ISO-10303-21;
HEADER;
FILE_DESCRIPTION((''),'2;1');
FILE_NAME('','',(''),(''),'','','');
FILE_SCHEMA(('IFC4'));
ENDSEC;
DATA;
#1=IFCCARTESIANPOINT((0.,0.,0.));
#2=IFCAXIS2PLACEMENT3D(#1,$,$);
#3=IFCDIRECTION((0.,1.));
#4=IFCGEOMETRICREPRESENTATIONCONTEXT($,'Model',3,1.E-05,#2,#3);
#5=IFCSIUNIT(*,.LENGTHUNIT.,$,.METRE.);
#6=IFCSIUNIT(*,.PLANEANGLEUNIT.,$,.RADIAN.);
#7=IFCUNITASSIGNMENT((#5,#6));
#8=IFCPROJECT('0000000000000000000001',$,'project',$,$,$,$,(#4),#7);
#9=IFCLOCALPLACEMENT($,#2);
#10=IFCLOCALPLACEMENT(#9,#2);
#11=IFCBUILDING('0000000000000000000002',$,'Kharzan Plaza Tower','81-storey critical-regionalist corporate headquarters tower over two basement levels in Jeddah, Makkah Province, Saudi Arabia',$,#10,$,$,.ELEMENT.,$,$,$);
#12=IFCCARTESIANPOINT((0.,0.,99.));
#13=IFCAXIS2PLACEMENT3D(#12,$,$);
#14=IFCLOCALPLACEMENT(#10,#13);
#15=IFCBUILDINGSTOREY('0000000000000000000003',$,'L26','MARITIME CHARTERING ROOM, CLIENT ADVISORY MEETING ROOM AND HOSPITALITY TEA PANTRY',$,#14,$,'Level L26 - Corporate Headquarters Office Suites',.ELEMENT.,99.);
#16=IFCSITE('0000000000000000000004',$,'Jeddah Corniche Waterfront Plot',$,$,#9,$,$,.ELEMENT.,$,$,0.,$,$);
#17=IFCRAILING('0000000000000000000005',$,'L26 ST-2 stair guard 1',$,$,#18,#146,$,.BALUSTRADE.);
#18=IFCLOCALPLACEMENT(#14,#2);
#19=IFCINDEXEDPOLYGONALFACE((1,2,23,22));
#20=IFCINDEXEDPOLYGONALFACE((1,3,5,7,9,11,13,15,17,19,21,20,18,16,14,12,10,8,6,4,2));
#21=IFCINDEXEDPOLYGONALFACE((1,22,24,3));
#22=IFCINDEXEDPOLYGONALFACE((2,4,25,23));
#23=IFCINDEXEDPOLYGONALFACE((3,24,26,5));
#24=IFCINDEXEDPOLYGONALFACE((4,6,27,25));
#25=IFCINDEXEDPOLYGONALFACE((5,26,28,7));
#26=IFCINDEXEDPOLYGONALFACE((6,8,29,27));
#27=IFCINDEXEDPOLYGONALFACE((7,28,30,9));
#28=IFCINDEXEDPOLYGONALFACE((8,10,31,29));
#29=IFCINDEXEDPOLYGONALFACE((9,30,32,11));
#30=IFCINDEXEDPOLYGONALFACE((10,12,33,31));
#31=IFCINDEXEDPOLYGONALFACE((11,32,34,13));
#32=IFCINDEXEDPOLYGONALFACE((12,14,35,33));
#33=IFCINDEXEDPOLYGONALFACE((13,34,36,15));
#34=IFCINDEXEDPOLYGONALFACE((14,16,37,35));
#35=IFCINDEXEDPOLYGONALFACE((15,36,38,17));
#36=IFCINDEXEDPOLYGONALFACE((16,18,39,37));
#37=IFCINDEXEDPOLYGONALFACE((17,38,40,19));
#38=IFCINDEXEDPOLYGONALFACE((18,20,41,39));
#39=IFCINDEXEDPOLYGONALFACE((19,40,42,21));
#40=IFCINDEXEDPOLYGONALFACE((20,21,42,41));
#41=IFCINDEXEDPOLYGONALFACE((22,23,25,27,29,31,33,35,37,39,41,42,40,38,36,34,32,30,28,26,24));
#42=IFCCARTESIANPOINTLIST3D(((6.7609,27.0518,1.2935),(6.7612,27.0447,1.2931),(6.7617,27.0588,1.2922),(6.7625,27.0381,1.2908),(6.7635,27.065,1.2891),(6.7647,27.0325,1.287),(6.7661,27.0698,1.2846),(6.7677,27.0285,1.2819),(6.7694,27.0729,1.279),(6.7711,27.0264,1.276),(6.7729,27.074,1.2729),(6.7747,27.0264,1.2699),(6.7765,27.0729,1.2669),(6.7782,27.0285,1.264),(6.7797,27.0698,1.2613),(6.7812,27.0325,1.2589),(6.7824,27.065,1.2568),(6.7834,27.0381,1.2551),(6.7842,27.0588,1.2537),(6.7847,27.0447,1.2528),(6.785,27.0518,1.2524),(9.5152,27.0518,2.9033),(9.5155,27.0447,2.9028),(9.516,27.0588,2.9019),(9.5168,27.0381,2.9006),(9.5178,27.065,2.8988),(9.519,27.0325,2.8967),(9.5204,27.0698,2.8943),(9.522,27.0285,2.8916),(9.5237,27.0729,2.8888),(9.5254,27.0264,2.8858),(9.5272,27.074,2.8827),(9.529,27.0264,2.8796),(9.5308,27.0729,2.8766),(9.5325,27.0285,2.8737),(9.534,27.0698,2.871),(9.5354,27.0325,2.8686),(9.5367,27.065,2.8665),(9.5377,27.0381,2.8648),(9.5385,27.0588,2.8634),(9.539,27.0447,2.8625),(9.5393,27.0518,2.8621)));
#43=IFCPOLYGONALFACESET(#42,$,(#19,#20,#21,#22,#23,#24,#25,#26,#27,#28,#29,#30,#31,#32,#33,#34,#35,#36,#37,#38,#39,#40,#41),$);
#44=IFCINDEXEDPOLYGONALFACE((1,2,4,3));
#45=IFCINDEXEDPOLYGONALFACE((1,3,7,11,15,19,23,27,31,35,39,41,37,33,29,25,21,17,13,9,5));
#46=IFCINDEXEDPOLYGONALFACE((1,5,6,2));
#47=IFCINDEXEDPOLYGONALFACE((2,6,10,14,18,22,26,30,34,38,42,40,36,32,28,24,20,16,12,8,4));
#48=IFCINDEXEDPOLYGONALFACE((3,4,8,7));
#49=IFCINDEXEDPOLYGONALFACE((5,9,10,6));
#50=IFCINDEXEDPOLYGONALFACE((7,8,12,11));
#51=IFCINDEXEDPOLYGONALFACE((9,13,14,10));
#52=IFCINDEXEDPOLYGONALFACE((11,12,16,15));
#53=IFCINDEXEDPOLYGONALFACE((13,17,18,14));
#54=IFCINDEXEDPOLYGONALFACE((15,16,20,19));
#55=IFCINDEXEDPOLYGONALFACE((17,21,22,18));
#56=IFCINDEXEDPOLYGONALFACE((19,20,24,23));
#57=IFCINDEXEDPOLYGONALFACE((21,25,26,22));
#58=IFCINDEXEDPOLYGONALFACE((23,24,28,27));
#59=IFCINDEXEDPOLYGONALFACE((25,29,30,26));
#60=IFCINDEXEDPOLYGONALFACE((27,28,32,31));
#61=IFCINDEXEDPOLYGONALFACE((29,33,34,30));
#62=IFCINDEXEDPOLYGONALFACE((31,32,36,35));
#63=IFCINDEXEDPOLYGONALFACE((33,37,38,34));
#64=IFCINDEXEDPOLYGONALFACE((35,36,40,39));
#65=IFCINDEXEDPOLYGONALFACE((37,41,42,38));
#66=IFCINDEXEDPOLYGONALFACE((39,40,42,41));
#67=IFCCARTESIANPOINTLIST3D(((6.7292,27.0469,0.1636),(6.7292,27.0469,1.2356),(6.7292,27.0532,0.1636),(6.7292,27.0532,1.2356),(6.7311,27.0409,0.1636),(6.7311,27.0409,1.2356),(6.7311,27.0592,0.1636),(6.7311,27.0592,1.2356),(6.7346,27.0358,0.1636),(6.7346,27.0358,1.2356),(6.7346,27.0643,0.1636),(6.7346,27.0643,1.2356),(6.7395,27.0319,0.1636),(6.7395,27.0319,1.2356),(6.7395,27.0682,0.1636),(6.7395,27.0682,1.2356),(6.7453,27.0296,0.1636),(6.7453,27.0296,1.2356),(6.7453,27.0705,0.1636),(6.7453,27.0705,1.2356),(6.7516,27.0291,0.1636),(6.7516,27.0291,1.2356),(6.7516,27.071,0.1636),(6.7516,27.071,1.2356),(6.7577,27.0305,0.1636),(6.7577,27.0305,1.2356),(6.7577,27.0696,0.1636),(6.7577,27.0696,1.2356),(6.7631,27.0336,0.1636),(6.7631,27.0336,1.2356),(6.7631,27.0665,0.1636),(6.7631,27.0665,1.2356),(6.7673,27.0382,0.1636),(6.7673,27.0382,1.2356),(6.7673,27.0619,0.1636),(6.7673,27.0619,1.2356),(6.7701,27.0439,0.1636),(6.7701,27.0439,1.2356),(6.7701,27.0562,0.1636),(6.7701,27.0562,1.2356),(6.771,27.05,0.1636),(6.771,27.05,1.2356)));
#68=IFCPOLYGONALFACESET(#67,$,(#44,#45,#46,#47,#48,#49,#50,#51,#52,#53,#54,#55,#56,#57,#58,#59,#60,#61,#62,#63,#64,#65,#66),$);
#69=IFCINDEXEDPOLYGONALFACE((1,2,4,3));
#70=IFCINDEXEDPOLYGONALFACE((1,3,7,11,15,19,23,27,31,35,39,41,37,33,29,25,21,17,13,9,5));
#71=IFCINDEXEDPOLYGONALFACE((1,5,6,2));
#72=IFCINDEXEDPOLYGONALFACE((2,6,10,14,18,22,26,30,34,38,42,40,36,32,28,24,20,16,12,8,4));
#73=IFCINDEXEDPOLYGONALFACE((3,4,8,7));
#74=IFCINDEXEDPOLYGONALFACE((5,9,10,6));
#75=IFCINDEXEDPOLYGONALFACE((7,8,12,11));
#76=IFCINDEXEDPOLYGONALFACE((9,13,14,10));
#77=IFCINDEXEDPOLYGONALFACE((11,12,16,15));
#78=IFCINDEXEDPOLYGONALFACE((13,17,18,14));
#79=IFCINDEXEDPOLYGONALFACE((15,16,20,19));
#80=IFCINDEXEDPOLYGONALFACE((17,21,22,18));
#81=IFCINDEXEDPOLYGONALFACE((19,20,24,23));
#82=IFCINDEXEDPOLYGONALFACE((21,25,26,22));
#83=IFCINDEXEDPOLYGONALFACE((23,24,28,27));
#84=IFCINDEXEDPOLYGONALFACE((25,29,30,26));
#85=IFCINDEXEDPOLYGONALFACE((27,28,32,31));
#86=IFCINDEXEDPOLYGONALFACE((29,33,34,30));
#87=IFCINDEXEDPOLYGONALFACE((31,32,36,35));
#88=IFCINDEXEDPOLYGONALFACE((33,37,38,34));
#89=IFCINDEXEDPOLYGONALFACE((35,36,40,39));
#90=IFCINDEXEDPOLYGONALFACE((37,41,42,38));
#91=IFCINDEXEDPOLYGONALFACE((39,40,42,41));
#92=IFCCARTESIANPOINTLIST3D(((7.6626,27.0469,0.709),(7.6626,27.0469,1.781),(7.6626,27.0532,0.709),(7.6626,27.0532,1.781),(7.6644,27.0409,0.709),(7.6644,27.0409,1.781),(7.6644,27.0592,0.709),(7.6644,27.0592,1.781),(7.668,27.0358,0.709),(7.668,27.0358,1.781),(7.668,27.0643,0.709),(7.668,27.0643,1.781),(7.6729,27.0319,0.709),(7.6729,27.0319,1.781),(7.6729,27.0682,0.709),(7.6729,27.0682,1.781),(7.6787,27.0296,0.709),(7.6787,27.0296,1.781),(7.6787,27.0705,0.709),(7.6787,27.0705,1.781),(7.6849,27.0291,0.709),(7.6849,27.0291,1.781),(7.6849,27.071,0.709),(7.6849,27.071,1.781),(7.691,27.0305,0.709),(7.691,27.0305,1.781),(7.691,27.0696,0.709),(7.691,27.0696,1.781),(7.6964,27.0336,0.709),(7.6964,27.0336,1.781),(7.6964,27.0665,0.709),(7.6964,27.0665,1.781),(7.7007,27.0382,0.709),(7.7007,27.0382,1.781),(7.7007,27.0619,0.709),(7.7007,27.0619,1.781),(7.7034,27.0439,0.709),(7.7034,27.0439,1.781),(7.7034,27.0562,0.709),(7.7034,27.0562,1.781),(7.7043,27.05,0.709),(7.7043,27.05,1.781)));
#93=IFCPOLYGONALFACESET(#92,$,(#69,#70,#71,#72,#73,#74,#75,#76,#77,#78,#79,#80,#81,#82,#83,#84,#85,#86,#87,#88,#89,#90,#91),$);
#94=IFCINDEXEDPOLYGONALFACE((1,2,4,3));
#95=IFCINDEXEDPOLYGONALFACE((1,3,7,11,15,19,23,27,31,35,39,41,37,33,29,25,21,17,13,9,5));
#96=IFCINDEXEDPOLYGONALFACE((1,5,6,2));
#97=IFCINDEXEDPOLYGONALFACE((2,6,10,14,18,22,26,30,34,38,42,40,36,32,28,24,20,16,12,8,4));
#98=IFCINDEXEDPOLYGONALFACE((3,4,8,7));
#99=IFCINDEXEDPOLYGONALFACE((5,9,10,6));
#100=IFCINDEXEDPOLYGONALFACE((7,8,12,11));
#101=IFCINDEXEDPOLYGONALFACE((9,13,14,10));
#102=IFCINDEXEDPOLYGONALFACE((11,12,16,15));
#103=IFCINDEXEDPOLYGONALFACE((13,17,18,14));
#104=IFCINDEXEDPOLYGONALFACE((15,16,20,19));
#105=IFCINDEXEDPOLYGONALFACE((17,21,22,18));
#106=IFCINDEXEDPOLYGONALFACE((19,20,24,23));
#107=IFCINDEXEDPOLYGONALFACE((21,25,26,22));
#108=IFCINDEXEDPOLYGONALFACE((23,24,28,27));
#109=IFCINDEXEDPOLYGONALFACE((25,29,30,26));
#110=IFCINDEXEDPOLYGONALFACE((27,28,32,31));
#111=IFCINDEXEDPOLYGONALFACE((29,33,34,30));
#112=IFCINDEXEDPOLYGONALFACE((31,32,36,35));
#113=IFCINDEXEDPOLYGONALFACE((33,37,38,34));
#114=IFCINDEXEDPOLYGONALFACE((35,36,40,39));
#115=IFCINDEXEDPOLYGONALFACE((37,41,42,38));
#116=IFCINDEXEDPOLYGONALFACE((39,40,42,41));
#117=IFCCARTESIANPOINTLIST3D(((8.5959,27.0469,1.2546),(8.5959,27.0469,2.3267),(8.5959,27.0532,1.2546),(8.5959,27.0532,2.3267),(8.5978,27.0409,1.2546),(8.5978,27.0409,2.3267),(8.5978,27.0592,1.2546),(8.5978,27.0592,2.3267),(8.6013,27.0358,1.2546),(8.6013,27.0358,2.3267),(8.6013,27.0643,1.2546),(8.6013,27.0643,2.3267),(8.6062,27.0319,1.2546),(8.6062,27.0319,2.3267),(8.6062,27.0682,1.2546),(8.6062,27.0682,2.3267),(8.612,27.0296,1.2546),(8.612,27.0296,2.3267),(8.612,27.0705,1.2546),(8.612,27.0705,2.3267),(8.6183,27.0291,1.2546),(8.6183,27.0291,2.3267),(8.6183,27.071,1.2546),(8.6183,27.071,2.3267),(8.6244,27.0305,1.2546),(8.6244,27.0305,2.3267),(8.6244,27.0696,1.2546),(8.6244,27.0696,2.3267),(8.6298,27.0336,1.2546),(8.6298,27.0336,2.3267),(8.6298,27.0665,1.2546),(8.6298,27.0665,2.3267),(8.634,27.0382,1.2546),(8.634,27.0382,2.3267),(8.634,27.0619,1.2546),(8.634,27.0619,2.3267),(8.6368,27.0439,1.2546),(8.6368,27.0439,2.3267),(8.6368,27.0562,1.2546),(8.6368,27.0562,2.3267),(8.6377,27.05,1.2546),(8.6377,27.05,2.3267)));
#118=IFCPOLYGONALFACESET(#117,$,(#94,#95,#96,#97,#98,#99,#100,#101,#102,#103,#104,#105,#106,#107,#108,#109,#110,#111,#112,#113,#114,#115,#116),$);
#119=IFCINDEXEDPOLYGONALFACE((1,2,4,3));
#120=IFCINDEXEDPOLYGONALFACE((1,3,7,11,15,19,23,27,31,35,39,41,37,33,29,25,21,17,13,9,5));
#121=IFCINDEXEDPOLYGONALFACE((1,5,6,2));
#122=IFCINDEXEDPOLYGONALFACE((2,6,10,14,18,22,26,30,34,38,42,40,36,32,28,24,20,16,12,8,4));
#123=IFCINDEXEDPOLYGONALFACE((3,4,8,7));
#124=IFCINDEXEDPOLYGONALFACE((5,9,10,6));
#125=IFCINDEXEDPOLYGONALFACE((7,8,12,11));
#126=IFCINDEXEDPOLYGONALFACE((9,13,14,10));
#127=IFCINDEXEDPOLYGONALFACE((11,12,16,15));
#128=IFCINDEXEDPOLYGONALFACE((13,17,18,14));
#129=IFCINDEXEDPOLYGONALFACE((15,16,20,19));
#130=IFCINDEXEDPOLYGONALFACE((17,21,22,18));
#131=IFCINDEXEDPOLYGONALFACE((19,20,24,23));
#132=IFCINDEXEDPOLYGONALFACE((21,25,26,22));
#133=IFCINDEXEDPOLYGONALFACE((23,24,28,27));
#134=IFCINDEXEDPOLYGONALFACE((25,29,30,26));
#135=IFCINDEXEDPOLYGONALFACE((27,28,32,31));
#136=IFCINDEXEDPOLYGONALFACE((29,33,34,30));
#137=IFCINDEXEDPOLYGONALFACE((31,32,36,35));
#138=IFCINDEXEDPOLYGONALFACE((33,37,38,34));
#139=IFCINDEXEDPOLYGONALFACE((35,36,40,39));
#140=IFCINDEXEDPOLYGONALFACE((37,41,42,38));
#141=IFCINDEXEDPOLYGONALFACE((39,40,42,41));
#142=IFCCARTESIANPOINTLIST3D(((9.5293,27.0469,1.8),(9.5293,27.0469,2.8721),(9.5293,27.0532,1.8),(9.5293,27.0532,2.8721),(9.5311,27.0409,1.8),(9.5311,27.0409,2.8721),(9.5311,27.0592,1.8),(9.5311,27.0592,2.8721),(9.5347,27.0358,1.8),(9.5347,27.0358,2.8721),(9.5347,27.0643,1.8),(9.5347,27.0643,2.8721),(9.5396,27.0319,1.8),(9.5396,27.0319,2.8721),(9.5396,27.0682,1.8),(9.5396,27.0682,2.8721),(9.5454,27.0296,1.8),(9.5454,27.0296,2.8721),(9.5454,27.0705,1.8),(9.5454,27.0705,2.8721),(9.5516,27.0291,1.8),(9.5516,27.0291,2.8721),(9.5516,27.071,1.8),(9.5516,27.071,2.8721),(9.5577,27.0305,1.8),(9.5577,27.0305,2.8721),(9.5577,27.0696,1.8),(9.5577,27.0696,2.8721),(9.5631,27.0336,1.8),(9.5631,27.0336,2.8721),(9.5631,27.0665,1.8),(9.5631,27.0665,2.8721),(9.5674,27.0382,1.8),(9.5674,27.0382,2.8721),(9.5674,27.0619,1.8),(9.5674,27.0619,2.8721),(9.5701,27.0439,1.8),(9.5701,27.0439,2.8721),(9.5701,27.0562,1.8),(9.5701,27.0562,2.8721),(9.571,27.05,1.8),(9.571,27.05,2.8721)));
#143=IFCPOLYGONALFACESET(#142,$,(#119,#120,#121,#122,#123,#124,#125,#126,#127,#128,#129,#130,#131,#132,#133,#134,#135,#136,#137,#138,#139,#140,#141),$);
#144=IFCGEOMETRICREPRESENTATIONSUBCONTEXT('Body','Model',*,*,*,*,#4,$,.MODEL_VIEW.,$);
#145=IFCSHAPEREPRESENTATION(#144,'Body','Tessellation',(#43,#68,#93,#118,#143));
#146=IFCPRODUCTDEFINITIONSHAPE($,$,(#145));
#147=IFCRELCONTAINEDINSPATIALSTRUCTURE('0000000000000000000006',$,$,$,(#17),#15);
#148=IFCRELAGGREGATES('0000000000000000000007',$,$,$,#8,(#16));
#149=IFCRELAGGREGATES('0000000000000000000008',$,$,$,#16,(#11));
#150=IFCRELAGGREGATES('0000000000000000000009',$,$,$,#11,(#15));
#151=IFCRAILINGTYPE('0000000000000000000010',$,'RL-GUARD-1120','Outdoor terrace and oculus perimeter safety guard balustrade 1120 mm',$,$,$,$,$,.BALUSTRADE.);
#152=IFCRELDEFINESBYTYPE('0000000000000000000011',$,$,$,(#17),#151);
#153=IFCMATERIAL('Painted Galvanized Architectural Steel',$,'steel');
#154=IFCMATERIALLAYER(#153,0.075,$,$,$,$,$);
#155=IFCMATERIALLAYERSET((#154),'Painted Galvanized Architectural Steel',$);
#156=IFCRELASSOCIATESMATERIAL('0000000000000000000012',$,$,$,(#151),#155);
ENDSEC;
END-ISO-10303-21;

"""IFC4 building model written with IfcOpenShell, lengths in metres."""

from ifc_helpers import new_model, si_unit, direction, frame, origin, origin_2d, place, context, subcontext, project, spatial, circle, extrude, source, transform, mapped, material, layer, layer_set, type_object, element, save


model = new_model("IFC4")

# Units and contexts
model_context = context("Model", 3, precision=1e-05, world=origin(), true_north=direction((0.0, 1.0)))
body_context = subcontext(model_context, "Body", "Model", "MODEL_VIEW")
ifc_project = project(units=[si_unit("LENGTHUNIT", "METRE"), si_unit("PLANEANGLEUNIT", "RADIAN")], contexts=[model_context])

# Site, building, storey
site_placement = place(None, origin())
site = spatial("IfcSite", under=ifc_project, at=site_placement, Name="Jeddah Corniche Waterfront Plot", CompositionType="ELEMENT", RefElevation=0.0)
building_placement = place(site_placement, origin())
building = spatial("IfcBuilding", under=site, at=building_placement, Name="Kharzan Plaza Tower", Description="81-storey critical-regionalist corporate headquarters tower over two basement levels in Jeddah, Makkah Province, Saudi Arabia", CompositionType="ELEMENT")
storey_placement = place(building_placement, frame((0.0, 0.0, 99.0)))
storey = spatial("IfcBuildingStorey", under=building, at=storey_placement, Name="L26", Description="MARITIME CHARTERING ROOM, CLIENT ADVISORY MEETING ROOM AND HOSPITALITY TEA PANTRY", LongName="Level L26 - Corporate Headquarters Office Suites", CompositionType="ELEMENT", Elevation=99.0)

# Railing
ifc_material_1 = material(Name="Painted Galvanized Architectural Steel", Category="steel")
ifc_layer_1 = layer(ifc_material_1, 0.075)
ifc_layer_set_1 = layer_set([ifc_layer_1], Name="Painted Galvanized Architectural Steel")
railing_type_1 = type_object("IfcRailingType", Name="RL-GUARD-1120", Description="Outdoor terrace and oculus perimeter safety guard balustrade 1120 mm", PredefinedType="BALUSTRADE", material=ifc_layer_set_1)
shared_shape_1 = source(origin(), body_context, "Body", "SweptSolid", [
    extrude(circle(Radius=0.0239, at=origin_2d()), frame((0.0229, 0.0, 1.1094), z_axis=(0.863361, 0.0, 0.504587), x_axis=(0.0, 1.0, 0.0)), (0.0, 0.0, 1.0), 3.1902),
    extrude(circle(Radius=0.021, at=origin_2d()), origin(), (0.0, 0.0, 1.0), 1.072),
    extrude(circle(Radius=0.021, at=origin_2d()), frame((0.9333, 0.0, 0.5454)), (0.0, 0.0, 1.0), 1.072),
    extrude(circle(Radius=0.021, at=origin_2d()), frame((1.8667, 0.0, 1.0911)), (0.0, 0.0, 1.0), 1.072),
    extrude(circle(Radius=0.021, at=origin_2d()), frame((2.8, 0.0, 1.6365)), (0.0, 0.0, 1.0), 1.072),
])
railing_1_placement = place(storey_placement, frame((6.75, 27.05, 0.1636)))
element("IfcRailing", 1, at=railing_1_placement, inside=storey, type_object=railing_type_1, Name="L26 ST-2 stair guard 1", PredefinedType="BALUSTRADE", context=body_context, shape_type="MappedRepresentation", body=[
    mapped(shared_shape_1, transform((0.0, 0.0, 0.0), x_axis=(1.0, 0.0, 0.0), y_axis=(0.0, 1.0, 0.0), z_axis=(0.0, 0.0, 1.0))),
])

save(model, "model.ifc")
